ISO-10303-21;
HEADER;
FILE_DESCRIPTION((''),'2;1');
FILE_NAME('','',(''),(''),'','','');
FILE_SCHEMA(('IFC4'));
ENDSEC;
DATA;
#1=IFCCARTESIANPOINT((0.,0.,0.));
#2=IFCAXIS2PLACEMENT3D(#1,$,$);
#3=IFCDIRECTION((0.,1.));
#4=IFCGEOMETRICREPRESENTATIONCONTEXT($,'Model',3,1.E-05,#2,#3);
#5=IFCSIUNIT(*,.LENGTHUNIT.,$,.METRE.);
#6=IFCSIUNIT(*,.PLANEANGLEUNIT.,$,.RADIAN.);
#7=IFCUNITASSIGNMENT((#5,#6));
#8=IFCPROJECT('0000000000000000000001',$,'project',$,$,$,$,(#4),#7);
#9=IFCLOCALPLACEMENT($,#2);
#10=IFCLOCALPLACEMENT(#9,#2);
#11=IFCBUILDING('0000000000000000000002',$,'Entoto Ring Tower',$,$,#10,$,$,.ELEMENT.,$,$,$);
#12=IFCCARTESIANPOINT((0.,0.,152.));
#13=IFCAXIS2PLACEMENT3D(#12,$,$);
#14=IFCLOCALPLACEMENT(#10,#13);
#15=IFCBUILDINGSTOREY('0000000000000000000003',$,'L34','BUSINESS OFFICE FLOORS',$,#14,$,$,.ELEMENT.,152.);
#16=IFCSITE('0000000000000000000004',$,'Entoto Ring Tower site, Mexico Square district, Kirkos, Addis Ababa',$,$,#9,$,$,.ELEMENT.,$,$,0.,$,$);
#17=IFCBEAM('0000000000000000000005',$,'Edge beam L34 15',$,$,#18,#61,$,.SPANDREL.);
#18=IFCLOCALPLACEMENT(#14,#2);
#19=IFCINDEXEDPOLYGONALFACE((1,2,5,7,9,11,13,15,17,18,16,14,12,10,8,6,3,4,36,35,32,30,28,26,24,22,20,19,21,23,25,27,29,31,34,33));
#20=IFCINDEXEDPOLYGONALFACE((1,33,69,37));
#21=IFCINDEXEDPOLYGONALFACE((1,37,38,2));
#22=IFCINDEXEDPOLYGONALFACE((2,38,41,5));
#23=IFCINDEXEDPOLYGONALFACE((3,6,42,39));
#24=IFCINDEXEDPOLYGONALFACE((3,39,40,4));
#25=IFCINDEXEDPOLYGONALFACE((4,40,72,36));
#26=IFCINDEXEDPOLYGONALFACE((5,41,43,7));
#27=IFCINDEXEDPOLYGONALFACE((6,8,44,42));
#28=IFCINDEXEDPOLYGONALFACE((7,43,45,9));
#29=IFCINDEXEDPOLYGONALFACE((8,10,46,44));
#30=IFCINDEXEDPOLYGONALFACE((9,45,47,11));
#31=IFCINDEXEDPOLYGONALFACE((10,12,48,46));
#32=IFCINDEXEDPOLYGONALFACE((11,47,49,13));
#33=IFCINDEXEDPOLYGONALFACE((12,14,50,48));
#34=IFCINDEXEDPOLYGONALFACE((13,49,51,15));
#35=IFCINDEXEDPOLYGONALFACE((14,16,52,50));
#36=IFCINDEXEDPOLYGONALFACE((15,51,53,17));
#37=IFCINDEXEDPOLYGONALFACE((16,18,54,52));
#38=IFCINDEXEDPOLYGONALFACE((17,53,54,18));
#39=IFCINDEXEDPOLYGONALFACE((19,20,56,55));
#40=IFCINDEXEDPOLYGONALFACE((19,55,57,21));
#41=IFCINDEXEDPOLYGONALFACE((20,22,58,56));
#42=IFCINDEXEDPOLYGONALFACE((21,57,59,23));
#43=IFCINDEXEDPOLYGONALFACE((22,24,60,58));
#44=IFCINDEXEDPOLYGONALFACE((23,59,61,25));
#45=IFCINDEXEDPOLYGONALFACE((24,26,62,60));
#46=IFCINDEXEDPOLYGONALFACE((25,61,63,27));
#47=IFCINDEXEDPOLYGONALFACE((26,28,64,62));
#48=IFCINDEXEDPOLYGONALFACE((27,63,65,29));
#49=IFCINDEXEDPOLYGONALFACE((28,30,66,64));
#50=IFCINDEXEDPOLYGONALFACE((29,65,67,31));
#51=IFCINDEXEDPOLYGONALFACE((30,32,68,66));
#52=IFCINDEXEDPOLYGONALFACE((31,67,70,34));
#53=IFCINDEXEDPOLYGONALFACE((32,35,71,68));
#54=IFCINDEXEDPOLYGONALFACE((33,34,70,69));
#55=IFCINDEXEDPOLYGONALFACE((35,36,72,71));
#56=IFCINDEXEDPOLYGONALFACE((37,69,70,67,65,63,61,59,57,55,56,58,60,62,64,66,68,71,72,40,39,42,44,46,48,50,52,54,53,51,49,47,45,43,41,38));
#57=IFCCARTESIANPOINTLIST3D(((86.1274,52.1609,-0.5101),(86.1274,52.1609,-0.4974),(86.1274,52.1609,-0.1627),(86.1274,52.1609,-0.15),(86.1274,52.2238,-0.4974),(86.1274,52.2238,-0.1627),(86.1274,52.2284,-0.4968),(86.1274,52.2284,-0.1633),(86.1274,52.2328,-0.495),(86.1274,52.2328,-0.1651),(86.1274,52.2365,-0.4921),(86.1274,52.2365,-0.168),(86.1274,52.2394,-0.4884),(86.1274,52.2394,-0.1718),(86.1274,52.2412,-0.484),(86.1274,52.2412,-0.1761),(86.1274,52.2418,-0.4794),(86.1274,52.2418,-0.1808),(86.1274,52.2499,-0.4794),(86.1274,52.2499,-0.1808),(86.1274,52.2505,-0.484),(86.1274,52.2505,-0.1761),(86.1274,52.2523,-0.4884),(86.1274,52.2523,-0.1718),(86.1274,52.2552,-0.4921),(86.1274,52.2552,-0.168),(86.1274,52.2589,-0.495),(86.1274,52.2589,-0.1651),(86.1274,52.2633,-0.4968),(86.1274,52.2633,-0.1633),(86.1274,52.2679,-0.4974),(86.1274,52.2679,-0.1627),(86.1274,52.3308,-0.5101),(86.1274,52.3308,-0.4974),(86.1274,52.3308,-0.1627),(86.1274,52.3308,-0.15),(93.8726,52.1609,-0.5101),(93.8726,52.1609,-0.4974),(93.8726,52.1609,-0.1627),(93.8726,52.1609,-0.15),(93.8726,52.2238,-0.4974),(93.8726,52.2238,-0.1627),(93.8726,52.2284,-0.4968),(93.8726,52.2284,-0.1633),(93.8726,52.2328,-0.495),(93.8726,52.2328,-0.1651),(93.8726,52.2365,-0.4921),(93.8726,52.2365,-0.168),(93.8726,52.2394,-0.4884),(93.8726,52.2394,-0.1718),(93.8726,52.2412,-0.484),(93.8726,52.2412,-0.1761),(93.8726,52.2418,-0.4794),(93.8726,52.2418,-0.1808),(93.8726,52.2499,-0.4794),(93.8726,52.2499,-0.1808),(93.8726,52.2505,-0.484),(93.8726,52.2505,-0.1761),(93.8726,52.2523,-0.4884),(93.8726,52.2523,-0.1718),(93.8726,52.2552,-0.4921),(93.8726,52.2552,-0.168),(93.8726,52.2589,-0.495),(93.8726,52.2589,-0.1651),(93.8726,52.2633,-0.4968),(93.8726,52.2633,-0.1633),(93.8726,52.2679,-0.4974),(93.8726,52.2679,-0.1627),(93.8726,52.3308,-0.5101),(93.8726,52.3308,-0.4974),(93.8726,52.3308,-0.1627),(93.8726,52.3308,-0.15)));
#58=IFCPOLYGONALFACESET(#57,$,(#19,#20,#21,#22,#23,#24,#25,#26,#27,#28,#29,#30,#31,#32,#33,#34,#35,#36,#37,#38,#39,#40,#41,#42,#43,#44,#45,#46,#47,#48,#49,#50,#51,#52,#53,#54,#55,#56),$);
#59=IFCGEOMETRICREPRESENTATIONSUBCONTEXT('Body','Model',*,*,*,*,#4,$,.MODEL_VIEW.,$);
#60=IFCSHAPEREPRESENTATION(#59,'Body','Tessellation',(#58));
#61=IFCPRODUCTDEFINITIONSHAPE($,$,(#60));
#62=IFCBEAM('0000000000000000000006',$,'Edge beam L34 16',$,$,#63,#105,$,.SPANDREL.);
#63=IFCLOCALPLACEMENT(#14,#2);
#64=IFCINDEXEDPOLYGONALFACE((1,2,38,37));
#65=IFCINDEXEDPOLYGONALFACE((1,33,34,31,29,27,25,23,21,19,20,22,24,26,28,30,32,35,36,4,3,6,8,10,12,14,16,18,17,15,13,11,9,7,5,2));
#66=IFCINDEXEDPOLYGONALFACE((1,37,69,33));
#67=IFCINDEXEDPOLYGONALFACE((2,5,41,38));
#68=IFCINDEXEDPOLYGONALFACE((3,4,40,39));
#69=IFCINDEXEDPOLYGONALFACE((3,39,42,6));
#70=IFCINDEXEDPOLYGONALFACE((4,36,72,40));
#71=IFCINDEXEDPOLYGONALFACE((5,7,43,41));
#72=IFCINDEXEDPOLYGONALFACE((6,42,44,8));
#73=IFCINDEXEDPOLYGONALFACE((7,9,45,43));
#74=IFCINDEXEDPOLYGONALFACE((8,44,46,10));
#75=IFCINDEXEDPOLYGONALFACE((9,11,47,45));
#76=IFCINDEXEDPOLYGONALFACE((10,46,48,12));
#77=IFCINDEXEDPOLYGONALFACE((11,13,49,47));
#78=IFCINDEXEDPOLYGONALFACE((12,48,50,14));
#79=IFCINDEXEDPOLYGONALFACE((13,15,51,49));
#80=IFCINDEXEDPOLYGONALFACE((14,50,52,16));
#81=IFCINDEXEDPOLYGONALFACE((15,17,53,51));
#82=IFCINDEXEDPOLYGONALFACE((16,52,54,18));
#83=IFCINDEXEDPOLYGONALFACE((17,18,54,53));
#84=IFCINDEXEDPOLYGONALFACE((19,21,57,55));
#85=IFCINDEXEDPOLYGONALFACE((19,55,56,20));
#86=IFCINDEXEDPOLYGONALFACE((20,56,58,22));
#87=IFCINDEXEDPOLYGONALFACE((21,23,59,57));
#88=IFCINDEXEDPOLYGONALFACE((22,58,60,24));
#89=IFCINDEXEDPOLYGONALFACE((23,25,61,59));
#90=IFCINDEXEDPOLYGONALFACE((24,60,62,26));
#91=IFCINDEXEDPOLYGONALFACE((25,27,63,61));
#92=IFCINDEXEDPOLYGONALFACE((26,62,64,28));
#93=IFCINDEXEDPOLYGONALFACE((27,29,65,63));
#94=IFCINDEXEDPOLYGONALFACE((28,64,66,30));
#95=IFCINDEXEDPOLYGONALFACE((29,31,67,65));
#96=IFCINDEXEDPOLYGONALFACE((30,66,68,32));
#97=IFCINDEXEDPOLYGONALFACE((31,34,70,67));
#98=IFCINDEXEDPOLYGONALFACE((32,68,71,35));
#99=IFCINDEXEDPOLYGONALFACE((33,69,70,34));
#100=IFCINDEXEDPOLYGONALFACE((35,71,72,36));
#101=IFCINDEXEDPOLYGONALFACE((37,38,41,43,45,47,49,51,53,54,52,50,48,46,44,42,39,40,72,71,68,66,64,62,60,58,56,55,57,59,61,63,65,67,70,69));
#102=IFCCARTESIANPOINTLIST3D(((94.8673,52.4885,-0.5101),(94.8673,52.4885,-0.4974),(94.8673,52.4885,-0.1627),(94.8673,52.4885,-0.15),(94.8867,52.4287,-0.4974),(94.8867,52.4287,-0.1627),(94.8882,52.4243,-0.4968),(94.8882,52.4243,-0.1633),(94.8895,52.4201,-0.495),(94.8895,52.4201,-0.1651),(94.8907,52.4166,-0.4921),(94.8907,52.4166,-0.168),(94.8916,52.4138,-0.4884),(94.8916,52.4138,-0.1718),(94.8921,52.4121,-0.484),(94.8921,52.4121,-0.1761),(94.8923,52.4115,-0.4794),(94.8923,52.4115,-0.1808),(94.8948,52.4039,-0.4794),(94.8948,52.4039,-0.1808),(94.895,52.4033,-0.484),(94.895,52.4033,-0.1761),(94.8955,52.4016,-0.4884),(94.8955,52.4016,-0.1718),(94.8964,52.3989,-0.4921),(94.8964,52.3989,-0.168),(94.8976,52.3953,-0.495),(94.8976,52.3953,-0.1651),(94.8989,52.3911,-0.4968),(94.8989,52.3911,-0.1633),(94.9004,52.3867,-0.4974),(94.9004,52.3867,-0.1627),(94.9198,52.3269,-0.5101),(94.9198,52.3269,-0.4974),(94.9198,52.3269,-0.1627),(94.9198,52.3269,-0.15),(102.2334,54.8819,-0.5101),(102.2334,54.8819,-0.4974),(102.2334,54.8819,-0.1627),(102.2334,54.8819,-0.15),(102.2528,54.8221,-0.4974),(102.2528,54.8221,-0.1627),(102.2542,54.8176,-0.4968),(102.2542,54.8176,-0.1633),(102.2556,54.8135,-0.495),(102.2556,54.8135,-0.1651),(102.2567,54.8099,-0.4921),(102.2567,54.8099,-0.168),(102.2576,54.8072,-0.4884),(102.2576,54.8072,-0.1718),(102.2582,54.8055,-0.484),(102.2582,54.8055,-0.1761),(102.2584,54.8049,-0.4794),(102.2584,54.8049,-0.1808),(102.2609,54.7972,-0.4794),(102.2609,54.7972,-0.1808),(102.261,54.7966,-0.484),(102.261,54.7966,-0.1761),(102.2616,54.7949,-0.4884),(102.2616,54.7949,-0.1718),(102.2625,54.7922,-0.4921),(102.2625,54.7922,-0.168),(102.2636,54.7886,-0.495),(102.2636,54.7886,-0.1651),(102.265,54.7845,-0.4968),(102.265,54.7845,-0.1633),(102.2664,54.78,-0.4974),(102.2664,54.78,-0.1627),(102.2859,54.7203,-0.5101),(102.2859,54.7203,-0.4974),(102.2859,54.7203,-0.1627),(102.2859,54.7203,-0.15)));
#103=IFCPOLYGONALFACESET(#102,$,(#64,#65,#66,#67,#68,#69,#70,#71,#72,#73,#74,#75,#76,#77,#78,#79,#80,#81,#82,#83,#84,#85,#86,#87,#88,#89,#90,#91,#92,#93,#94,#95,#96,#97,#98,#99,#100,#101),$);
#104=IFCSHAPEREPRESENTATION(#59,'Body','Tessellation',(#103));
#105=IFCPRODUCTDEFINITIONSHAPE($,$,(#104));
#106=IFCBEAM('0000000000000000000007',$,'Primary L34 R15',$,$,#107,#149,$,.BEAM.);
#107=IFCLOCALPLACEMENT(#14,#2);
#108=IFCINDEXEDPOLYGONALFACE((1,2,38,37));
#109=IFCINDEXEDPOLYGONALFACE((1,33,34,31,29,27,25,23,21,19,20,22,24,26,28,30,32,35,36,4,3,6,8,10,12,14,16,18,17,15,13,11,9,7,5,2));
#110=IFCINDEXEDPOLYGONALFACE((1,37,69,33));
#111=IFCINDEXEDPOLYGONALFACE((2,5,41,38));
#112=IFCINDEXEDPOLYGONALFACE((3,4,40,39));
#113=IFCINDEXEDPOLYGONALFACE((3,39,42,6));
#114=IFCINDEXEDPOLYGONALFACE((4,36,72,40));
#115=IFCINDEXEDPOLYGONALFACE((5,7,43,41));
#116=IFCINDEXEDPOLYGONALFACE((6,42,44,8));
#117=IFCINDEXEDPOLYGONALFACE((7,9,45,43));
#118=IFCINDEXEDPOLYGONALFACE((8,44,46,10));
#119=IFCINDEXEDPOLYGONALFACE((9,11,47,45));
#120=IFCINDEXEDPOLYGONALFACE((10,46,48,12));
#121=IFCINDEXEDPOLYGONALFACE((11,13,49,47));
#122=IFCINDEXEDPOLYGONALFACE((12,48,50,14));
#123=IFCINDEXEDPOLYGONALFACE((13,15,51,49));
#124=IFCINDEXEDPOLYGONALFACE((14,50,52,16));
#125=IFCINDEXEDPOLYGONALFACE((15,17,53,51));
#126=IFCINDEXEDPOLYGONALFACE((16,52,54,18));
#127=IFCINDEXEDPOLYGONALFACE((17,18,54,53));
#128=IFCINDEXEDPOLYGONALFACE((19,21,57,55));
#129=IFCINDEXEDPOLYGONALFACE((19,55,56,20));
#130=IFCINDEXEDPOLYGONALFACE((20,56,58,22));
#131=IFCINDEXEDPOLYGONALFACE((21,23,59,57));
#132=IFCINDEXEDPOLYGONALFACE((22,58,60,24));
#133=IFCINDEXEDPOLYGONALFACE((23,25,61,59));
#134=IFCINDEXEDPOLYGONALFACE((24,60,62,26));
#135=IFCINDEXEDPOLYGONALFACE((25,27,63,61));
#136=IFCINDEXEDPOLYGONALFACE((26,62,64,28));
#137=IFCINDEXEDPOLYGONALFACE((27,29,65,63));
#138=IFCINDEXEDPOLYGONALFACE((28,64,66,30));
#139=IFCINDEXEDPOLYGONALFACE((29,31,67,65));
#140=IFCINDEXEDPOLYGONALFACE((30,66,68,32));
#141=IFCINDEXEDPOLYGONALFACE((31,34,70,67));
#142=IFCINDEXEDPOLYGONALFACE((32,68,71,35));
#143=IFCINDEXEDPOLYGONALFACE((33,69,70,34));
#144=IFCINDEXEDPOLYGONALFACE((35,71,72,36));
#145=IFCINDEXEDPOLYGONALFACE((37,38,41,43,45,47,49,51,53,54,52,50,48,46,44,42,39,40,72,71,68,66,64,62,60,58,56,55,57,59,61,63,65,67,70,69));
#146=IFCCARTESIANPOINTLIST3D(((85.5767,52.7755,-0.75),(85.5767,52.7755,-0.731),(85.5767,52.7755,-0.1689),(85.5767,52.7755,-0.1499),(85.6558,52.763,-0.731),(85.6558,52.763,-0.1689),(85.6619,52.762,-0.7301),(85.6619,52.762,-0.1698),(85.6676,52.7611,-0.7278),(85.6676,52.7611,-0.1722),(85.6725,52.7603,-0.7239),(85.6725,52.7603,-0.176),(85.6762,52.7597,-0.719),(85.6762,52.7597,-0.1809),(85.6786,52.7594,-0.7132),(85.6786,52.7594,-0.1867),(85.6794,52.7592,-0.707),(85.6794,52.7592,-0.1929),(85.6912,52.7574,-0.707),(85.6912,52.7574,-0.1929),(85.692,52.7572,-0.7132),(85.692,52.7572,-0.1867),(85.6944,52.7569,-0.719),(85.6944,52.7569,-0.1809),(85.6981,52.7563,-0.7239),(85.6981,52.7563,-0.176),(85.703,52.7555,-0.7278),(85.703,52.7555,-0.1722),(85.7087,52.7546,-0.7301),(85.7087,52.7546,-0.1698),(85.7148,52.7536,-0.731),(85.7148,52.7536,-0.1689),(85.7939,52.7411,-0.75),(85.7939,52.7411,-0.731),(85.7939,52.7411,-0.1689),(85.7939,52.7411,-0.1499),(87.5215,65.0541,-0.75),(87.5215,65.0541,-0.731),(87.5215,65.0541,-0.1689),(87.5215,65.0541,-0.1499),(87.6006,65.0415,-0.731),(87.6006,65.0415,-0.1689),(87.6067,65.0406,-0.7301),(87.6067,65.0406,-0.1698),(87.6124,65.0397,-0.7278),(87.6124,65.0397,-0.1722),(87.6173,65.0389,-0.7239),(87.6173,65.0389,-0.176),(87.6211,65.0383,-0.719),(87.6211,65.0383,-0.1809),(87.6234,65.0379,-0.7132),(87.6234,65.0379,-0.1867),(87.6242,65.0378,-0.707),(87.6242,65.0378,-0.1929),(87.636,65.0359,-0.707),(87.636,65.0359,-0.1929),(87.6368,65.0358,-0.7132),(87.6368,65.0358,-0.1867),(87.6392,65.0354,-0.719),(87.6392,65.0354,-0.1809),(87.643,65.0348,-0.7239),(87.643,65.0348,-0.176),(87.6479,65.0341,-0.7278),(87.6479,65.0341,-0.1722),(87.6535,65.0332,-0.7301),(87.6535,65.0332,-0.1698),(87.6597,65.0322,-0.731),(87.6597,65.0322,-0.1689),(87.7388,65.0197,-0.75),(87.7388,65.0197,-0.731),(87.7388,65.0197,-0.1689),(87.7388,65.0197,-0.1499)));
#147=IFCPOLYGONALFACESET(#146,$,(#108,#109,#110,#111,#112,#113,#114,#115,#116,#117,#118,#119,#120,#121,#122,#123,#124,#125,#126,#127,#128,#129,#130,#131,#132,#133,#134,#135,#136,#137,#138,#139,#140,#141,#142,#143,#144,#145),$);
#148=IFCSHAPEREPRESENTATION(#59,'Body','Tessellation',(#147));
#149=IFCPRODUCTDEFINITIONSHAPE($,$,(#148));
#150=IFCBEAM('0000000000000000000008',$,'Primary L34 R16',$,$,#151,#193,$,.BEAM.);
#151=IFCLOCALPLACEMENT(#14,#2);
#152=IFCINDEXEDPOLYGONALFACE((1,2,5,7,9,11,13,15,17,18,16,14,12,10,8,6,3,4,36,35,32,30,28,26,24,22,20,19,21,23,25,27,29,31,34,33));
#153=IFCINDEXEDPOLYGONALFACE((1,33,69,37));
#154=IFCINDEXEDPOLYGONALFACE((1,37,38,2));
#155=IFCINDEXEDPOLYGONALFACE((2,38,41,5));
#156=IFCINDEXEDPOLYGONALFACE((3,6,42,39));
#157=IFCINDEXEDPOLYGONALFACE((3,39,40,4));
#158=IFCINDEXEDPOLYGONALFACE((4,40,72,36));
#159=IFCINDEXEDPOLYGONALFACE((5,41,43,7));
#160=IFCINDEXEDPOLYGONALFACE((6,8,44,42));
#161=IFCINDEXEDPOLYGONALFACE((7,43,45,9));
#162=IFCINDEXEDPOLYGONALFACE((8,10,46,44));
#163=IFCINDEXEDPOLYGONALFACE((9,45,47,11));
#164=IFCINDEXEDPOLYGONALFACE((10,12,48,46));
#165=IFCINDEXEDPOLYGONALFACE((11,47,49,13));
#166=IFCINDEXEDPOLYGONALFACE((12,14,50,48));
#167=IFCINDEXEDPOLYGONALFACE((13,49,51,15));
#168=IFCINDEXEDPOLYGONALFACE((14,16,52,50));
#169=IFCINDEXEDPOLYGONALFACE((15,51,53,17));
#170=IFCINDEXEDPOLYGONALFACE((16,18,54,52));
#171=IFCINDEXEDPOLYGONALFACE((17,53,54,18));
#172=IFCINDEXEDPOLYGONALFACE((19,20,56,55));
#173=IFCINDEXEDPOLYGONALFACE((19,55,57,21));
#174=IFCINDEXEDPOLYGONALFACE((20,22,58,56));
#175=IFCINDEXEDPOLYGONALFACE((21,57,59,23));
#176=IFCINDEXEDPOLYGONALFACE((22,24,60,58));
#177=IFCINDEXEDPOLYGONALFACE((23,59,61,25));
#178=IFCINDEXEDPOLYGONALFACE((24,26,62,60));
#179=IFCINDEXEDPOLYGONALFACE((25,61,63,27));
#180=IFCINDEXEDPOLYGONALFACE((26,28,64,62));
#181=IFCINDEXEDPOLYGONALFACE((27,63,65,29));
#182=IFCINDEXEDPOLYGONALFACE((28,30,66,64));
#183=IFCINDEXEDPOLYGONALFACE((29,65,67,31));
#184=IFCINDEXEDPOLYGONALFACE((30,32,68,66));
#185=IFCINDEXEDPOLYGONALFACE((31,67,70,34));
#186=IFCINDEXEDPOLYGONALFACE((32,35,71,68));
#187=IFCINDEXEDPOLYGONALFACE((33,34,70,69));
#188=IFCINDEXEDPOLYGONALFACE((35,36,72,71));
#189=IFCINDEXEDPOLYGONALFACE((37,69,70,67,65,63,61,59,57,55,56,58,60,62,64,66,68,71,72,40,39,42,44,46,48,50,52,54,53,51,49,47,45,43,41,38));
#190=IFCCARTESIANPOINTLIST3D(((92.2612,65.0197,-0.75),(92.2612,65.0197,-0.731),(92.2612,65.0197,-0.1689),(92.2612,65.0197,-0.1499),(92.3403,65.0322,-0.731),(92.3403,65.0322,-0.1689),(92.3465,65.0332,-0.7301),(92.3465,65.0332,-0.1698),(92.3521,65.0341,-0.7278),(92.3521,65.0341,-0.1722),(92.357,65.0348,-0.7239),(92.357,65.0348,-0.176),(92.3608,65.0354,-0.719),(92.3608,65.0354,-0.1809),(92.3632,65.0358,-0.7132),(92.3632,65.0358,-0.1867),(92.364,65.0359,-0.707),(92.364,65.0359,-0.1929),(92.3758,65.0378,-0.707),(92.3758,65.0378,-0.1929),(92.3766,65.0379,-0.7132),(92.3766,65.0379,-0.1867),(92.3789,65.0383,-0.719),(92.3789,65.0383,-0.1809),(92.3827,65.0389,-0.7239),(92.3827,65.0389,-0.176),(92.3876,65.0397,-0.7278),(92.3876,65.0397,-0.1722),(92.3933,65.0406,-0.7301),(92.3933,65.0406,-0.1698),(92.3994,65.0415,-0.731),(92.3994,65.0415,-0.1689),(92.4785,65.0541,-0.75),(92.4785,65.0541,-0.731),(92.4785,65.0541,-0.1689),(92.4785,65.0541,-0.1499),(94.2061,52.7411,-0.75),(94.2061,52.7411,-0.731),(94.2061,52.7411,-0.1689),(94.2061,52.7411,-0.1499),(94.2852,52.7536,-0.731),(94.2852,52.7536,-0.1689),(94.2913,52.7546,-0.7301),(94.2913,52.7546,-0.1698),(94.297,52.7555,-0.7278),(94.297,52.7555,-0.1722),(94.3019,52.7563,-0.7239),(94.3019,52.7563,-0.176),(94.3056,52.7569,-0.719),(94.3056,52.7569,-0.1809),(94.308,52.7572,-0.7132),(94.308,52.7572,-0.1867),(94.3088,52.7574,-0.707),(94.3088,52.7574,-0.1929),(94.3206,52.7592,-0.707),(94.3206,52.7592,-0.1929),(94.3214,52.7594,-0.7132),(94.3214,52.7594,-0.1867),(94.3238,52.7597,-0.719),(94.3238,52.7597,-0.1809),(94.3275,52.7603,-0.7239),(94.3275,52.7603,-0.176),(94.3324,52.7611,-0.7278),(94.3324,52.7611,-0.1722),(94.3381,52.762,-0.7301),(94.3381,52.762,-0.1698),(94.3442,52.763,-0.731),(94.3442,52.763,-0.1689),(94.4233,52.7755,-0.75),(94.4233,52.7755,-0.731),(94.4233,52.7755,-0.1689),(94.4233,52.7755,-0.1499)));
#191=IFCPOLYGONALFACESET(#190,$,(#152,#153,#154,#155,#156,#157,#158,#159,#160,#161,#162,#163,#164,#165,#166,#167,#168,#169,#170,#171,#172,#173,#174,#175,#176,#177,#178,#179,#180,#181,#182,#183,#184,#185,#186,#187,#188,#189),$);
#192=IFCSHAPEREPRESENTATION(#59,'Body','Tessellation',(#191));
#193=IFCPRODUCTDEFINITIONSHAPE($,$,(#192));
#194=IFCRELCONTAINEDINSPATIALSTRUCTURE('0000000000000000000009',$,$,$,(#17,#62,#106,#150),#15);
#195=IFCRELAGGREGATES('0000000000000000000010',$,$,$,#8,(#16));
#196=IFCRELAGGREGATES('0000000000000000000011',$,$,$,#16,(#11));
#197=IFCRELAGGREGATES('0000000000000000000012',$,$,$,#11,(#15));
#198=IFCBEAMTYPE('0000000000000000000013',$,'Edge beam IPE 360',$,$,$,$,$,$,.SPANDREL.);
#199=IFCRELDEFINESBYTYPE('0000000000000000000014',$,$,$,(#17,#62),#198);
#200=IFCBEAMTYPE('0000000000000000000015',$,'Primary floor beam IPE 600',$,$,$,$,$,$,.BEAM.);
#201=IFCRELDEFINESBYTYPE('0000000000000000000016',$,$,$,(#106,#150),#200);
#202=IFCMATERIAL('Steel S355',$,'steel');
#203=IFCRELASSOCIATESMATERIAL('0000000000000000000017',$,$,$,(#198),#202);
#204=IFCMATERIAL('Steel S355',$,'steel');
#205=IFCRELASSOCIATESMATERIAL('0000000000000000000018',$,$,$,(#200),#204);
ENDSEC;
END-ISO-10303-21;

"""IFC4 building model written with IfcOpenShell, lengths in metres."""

from ifc_helpers import new_model, si_unit, direction, frame, origin, origin_2d, place, context, subcontext, project, spatial, i_section, extrude, material, material_profile, profile_set, type_object, element, save


model = new_model("IFC4")

# Units and contexts
model_context = context("Model", 3, precision=1e-05, world=origin(), true_north=direction((0.0, 1.0)))
body_context = subcontext(model_context, "Body", "Model", "MODEL_VIEW")
ifc_project = project(units=[si_unit("LENGTHUNIT", "METRE"), si_unit("PLANEANGLEUNIT", "RADIAN")], contexts=[model_context])

# Site, building, storey
site_placement = place(None, origin())
site = spatial("IfcSite", under=ifc_project, at=site_placement, Name="Entoto Ring Tower site, Mexico Square district, Kirkos, Addis Ababa", CompositionType="ELEMENT", RefElevation=0.0)
building_placement = place(site_placement, origin())
building = spatial("IfcBuilding", under=site, at=building_placement, Name="Entoto Ring Tower", CompositionType="ELEMENT")
storey_placement = place(building_placement, frame((0.0, 0.0, 152.0)))
storey = spatial("IfcBuildingStorey", under=building, at=storey_placement, Name="L34", Description="BUSINESS OFFICE FLOORS", CompositionType="ELEMENT", Elevation=152.0)

# Beams
ifc_material_1 = material(Name="Steel S355", Category="steel")
ifc_material_profile_1 = material_profile(ifc_material_1, i_section(OverallWidth=0.1699, OverallDepth=0.3601, WebThickness=0.0081, FlangeThickness=0.0127, FilletRadius=0.0181, at=origin_2d()), Name="IPE 360")
ifc_profile_set_1 = profile_set([ifc_material_profile_1], Name="Steel S355")
beam_type_1 = type_object("IfcBeamType", Name="Edge beam IPE 360", PredefinedType="SPANDREL", material=ifc_profile_set_1)
for number, where, z_axis, x_axis, name in (
    (1, (86.1274, 52.2458, -0.3301), (1.0, 0.0, 0.0), (0.0, 1.0, 0.0), "Edge beam L34 15"),
    (2, (94.8936, 52.4077, -0.3301), (0.951058, 0.309013, 0.0), (-0.309013, 0.951058, 0.0), "Edge beam L34 16"),
):
    element("IfcBeam", number, at=place(storey_placement, frame(where, z_axis=z_axis, x_axis=x_axis)), inside=storey, type_object=beam_type_1, Name=name, PredefinedType="SPANDREL", context=body_context, shape_type="SweptSolid", body=[
        extrude(i_section(OverallWidth=0.1699, OverallDepth=0.3601, WebThickness=0.0081, FlangeThickness=0.0127, FilletRadius=0.0181, at=origin_2d()), origin(), (0.0, 0.0, 1.0), 7.7451),
    ])
ifc_material_2 = material(Name="Steel S355", Category="steel")
ifc_material_profile_2 = material_profile(ifc_material_2, i_section(OverallWidth=0.22, OverallDepth=0.6001, WebThickness=0.012, FlangeThickness=0.019, FilletRadius=0.0239, at=origin_2d()), Name="IPE 600")
ifc_profile_set_2 = profile_set([ifc_material_profile_2], Name="Steel S355")
beam_type_2 = type_object("IfcBeamType", Name="Primary floor beam IPE 600", PredefinedType="BEAM", material=ifc_profile_set_2)
for number, where, z_axis, x_axis, name in (
    (3, (87.6301, 65.0369, -0.45), (-0.156442, -0.987687, 0.0), (0.987687, -0.156442, 0.0), "Primary L34 R15"),
    (4, (92.3699, 65.0369, -0.45), (0.156442, -0.987687, 0.0), (0.987687, 0.156442, 0.0), "Primary L34 R16"),
):
    element("IfcBeam", number, at=place(storey_placement, frame(where, z_axis=z_axis, x_axis=x_axis)), inside=storey, type_object=beam_type_2, Name=name, PredefinedType="BEAM", context=body_context, shape_type="SweptSolid", body=[
        extrude(i_section(OverallWidth=0.22, OverallDepth=0.6001, WebThickness=0.012, FlangeThickness=0.019, FilletRadius=0.0239, at=origin_2d()), origin(), (0.0, 0.0, 1.0), 12.4316),
    ])

save(model, "model.ifc")
